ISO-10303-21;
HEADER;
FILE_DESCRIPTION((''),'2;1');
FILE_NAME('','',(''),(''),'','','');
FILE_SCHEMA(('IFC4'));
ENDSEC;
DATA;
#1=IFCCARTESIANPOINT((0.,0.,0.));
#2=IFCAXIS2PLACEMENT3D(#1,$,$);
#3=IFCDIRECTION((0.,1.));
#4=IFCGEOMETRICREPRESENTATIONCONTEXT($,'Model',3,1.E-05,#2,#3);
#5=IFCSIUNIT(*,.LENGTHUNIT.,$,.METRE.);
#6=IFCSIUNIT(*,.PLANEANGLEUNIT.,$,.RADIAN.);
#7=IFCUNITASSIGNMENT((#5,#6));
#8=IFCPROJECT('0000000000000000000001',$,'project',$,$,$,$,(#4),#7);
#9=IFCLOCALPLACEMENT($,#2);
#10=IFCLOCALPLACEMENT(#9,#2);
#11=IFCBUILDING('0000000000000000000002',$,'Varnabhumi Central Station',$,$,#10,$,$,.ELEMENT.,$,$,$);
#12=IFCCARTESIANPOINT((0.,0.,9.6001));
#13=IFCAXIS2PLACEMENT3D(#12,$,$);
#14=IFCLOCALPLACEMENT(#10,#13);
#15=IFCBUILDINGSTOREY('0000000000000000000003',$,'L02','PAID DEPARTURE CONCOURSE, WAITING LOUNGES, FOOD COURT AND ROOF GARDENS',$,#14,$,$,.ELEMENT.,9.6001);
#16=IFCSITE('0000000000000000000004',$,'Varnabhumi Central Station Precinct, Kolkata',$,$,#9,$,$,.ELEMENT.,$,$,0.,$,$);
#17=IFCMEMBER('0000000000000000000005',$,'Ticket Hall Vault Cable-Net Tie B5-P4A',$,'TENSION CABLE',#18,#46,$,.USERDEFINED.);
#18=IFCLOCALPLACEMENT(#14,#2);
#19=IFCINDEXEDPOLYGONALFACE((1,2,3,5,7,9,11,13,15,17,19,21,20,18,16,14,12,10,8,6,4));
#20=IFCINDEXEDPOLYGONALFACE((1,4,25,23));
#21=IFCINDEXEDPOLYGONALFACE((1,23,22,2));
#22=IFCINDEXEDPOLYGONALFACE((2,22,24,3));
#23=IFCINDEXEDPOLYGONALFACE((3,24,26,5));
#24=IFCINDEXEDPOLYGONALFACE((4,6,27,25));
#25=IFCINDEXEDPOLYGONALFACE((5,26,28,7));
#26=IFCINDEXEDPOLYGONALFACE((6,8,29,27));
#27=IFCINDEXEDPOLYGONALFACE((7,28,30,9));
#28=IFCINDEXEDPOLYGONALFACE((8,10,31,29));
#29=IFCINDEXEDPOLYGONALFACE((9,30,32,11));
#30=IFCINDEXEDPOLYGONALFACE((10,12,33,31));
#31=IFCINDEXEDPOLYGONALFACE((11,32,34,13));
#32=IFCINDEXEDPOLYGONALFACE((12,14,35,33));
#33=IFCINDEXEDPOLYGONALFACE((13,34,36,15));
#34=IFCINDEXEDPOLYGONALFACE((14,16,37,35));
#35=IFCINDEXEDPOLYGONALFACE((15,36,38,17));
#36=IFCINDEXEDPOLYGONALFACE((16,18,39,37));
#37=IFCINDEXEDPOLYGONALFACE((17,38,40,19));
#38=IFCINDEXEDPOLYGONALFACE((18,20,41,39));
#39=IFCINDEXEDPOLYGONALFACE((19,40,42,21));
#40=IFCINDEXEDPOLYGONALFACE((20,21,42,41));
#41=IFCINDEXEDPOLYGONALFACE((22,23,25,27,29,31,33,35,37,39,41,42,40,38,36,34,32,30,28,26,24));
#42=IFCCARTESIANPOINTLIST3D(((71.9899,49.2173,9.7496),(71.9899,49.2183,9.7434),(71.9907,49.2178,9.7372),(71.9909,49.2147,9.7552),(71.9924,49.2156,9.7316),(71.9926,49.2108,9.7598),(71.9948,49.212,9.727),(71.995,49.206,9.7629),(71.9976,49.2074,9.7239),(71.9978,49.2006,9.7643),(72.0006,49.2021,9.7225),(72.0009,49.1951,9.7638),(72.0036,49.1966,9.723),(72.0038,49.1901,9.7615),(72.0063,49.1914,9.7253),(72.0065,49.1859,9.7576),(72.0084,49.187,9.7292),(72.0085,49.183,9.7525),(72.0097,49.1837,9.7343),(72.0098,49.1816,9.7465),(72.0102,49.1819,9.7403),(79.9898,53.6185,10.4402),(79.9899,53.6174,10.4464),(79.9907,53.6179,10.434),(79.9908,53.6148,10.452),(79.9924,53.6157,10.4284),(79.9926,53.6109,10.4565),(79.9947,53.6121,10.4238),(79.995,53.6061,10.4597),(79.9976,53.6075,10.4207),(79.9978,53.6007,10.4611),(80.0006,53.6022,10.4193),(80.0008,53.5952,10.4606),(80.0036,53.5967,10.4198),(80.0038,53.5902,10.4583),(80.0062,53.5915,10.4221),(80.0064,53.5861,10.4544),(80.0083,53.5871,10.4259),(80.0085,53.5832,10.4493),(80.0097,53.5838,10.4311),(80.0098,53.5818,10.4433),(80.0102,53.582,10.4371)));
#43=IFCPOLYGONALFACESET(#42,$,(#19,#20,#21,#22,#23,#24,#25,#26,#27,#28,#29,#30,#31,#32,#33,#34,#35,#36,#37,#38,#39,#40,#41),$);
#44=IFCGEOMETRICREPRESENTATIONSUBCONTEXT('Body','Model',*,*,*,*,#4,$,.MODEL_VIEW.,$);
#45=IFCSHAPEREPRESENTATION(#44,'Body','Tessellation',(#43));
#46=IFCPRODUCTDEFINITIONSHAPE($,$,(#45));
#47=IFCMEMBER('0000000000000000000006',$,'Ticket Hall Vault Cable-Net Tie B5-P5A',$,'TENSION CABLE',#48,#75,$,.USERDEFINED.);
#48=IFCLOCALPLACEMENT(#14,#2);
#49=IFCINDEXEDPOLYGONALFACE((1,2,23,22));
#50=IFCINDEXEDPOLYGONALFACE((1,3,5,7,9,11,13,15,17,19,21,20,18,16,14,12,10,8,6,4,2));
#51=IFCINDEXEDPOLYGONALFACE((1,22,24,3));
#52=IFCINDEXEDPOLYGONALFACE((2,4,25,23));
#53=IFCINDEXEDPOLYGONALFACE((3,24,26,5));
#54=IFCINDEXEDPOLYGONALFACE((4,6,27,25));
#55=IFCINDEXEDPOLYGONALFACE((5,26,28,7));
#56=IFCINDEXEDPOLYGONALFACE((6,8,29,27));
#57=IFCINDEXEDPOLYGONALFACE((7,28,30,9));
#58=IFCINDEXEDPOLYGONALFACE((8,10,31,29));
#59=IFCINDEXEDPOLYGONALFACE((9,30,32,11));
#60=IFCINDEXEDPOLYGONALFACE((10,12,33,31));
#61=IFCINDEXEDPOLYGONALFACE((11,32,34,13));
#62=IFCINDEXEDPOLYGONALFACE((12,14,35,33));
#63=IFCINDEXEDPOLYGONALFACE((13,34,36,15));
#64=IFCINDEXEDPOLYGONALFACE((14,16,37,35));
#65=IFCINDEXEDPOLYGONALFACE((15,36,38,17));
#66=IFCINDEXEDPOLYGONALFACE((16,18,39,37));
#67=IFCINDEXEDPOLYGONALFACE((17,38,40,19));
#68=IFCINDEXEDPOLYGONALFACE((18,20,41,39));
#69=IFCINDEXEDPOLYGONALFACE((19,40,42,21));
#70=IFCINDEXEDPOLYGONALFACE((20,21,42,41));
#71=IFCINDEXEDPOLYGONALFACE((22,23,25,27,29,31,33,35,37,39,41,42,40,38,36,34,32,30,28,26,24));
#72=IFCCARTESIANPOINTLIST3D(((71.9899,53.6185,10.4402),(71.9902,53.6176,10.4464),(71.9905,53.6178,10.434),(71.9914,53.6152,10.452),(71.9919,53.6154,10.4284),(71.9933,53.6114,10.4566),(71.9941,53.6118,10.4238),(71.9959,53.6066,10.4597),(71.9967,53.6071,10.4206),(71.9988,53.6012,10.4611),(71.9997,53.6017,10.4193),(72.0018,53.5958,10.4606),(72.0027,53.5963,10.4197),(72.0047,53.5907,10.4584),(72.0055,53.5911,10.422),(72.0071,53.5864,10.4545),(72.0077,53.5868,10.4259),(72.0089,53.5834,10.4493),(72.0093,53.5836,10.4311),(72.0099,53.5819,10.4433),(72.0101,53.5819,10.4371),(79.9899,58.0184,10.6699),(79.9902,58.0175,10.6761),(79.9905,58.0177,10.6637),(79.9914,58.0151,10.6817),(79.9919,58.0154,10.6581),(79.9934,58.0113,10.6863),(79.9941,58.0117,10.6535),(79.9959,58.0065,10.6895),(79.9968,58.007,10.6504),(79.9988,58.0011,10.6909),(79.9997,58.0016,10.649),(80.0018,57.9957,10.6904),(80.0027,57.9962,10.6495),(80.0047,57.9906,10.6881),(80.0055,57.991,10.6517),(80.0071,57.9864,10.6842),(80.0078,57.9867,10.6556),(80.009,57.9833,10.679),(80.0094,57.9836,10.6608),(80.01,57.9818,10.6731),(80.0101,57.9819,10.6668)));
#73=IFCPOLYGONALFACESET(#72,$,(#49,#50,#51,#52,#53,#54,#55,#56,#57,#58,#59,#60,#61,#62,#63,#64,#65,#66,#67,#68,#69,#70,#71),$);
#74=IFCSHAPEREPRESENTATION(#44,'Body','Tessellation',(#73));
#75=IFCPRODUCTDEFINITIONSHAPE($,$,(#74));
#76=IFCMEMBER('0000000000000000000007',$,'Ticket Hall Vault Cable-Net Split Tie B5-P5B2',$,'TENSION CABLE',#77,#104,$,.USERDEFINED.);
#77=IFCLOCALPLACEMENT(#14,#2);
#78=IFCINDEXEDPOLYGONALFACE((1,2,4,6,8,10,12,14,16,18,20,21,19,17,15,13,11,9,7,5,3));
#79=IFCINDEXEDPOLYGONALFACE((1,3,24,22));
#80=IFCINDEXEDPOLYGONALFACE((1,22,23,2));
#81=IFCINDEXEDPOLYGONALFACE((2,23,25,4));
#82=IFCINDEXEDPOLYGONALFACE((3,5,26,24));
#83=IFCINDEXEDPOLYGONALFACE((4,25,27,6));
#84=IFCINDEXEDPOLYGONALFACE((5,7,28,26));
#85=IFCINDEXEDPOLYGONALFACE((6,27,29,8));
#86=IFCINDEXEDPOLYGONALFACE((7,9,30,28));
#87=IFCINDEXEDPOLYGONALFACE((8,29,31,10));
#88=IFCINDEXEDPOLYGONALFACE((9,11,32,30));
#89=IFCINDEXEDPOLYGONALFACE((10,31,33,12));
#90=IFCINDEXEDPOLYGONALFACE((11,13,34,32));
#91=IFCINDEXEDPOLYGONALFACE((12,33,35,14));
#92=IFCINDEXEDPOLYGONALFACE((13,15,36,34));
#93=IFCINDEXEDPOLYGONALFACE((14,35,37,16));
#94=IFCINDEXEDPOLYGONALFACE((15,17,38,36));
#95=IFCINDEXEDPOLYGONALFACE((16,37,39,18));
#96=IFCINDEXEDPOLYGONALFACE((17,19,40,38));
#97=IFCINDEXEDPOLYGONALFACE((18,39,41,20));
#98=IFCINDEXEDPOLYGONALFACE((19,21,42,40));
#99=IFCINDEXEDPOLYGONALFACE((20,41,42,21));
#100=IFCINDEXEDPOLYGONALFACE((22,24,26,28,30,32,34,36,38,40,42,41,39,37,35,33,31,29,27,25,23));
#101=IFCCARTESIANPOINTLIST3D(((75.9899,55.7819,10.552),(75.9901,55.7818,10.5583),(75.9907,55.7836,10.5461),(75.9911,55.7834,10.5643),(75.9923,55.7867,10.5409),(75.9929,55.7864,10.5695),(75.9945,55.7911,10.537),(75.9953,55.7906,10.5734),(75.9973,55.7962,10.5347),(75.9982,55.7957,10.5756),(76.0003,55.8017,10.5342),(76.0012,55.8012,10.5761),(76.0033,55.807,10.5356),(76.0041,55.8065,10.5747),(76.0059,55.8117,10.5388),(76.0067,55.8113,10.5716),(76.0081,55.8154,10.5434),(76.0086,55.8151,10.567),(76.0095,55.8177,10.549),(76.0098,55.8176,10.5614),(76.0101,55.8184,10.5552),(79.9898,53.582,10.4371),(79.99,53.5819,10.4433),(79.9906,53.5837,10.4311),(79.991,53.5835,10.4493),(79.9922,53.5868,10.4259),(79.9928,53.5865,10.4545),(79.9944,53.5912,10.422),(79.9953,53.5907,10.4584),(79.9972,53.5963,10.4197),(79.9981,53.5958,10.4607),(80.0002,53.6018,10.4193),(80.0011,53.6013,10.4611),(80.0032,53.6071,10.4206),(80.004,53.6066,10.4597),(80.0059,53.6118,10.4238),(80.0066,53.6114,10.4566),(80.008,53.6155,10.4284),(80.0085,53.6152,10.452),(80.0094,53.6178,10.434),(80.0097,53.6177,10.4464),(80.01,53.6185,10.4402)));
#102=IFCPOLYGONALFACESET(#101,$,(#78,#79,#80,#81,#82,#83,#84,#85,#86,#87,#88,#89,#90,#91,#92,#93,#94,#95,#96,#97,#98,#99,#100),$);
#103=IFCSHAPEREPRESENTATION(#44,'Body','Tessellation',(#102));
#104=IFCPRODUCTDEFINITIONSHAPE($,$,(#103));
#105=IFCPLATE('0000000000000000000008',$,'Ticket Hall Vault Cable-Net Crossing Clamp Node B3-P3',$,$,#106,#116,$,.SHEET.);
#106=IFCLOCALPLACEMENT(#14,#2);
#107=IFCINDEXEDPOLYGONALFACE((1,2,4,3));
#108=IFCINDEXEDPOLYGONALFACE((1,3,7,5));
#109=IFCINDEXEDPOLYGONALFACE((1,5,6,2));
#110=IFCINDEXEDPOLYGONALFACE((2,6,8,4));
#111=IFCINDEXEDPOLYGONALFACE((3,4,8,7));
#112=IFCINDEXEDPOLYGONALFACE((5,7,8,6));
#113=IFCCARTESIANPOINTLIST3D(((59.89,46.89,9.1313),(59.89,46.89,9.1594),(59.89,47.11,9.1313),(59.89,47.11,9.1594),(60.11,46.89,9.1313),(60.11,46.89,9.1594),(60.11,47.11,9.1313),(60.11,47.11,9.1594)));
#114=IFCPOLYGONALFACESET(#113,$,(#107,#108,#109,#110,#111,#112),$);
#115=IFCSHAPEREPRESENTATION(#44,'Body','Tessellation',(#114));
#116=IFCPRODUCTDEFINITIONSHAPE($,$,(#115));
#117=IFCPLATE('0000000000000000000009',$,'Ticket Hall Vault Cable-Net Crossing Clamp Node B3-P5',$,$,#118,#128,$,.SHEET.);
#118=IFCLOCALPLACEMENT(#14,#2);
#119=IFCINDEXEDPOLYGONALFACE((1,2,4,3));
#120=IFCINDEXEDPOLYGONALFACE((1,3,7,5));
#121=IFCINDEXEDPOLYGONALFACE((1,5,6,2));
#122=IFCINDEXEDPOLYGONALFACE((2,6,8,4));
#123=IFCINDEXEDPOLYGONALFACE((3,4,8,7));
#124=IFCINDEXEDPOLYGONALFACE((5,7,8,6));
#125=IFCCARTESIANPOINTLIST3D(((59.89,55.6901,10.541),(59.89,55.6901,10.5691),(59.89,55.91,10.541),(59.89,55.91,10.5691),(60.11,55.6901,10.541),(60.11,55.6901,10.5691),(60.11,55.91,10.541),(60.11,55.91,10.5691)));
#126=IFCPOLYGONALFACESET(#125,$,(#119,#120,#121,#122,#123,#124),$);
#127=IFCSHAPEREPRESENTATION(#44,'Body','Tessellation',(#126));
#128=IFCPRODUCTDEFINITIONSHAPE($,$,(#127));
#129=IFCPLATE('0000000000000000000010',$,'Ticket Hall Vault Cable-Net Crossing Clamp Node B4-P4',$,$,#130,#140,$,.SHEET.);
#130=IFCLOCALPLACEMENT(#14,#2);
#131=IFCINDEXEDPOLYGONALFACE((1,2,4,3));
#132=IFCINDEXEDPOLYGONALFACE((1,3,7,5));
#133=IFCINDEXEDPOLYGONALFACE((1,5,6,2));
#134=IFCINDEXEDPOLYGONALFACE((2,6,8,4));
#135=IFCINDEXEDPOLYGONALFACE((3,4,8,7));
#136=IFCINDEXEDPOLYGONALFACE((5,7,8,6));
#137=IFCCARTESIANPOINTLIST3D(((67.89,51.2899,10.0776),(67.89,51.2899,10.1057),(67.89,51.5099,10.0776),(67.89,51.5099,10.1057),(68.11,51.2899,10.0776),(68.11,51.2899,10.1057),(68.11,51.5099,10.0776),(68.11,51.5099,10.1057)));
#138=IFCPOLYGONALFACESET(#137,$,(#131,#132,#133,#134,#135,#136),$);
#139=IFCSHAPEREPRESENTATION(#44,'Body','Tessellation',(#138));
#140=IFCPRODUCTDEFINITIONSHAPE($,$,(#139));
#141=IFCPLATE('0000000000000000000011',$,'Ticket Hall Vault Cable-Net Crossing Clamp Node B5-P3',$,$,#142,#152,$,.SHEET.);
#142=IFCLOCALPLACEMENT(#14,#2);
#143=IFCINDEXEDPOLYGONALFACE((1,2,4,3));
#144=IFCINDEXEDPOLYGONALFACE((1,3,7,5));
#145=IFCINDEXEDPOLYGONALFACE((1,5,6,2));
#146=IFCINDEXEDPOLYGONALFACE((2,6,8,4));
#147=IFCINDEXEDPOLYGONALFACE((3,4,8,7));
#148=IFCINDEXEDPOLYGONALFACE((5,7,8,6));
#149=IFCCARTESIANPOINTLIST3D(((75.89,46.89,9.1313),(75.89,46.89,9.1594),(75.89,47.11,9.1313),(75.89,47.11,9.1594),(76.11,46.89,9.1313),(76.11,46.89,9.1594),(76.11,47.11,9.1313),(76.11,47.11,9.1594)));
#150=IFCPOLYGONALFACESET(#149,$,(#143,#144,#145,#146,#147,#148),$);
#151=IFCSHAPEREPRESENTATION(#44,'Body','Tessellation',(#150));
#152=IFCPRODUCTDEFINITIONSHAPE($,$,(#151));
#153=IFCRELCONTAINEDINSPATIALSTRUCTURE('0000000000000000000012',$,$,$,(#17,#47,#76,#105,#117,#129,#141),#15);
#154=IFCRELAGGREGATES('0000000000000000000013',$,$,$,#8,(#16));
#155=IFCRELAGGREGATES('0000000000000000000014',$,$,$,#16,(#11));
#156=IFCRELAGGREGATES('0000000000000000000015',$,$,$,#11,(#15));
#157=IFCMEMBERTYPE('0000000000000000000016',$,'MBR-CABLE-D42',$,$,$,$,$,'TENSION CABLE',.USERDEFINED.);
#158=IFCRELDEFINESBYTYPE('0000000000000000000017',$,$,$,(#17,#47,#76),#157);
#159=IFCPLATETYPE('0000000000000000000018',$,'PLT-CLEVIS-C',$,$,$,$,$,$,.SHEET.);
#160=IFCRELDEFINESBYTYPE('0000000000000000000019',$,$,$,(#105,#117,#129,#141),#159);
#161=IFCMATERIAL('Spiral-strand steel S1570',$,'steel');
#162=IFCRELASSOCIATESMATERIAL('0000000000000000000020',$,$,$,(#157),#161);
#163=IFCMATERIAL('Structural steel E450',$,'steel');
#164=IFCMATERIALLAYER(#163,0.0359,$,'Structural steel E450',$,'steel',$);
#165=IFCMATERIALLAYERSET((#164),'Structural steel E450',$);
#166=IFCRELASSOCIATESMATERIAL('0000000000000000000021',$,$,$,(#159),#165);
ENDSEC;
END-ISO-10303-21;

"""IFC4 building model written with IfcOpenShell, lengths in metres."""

from ifc_helpers import new_model, si_unit, direction, frame, origin, origin_2d, place, context, subcontext, project, spatial, rectangle, circle, extrude, material, layer, layer_set, material_profile, profile_set, type_object, element, save


model = new_model("IFC4")

# Units and contexts
model_context = context("Model", 3, precision=1e-05, world=origin(), true_north=direction((0.0, 1.0)))
body_context = subcontext(model_context, "Body", "Model", "MODEL_VIEW")
ifc_project = project(units=[si_unit("LENGTHUNIT", "METRE"), si_unit("PLANEANGLEUNIT", "RADIAN")], contexts=[model_context])

# Site, building, storey
site_placement = place(None, origin())
site = spatial("IfcSite", under=ifc_project, at=site_placement, Name="Varnabhumi Central Station Precinct, Kolkata", CompositionType="ELEMENT", RefElevation=0.0)
building_placement = place(site_placement, origin())
building = spatial("IfcBuilding", under=site, at=building_placement, Name="Varnabhumi Central Station", CompositionType="ELEMENT")
storey_placement = place(building_placement, frame((0.0, 0.0, 9.6001)))
storey = spatial("IfcBuildingStorey", under=building, at=storey_placement, Name="L02", Description="PAID DEPARTURE CONCOURSE, WAITING LOUNGES, FOOD COURT AND ROOF GARDENS", CompositionType="ELEMENT", Elevation=9.6001)

# Shared definitions
ifc_material_1 = material(Name="Structural steel E450", Category="steel")

# Members
ifc_material_2 = material(Name="Spiral-strand steel S1570", Category="steel")
ifc_material_profile_1 = material_profile(ifc_material_2, circle(Radius=0.021, at=origin_2d()), Name="Spiral-strand steel S1570", Category="steel")
ifc_profile_set_1 = profile_set([ifc_material_profile_1], Name="Spiral-strand steel S1570")
member_type = type_object("IfcMemberType", Name="MBR-CABLE-D42", ElementType="TENSION CABLE", PredefinedType="USERDEFINED", material=ifc_profile_set_1)
member_1_placement = place(storey_placement, frame((72.0, 49.2, 9.7434), z_axis=(0.873669, 0.480534, 0.076094), x_axis=(-0.481931, 0.876209, 0.0)))
element("IfcMember", 1, at=member_1_placement, inside=storey, type_object=member_type, Name="Ticket Hall Vault Cable-Net Tie B5-P4A", ObjectType="TENSION CABLE", PredefinedType="USERDEFINED", context=body_context, shape_type="SweptSolid", body=[
    extrude(circle(Radius=0.021, at=origin_2d()), origin(), (0.0, 0.0, 1.0), 9.1567),
])
member_2_placement = place(storey_placement, frame((72.0, 53.6001, 10.4402), z_axis=(0.875943, 0.481758, 0.025154), x_axis=(-0.481911, 0.87622, 0.0)))
element("IfcMember", 2, at=member_2_placement, inside=storey, type_object=member_type, Name="Ticket Hall Vault Cable-Net Tie B5-P5A", ObjectType="TENSION CABLE", PredefinedType="USERDEFINED", context=body_context, shape_type="SweptSolid", body=[
    extrude(circle(Radius=0.021, at=origin_2d()), origin(), (0.0, 0.0, 1.0), 9.1331),
])
member_3_placement = place(storey_placement, frame((76.0, 55.8, 10.5552), z_axis=(0.875943, -0.481758, -0.025181), x_axis=(0.481911, 0.87622, 0.0)))
element("IfcMember", 3, at=member_3_placement, inside=storey, type_object=member_type, Name="Ticket Hall Vault Cable-Net Split Tie B5-P5B2", ObjectType="TENSION CABLE", PredefinedType="USERDEFINED", context=body_context, shape_type="SweptSolid", body=[
    extrude(circle(Radius=0.021, at=origin_2d()), origin(), (0.0, 0.0, 1.0), 4.5664),
])

# Plates
ifc_layer = layer(ifc_material_1, 0.0359, Name="Structural steel E450", Category="steel")
ifc_layer_set = layer_set([ifc_layer], Name="Structural steel E450")
plate_type = type_object("IfcPlateType", Name="PLT-CLEVIS-C", PredefinedType="SHEET", material=ifc_layer_set)
for number, where, z_axis, x_axis, name in (
    (4, (60.0, 47.0, 9.1313), (0.0, 0.0, 1.0), (1.0, 0.0, 0.0), "Ticket Hall Vault Cable-Net Crossing Clamp Node B3-P3"),
    (5, (60.0, 55.8, 10.541), (0.0, 0.0, 1.0), (1.0, 0.0, 0.0), "Ticket Hall Vault Cable-Net Crossing Clamp Node B3-P5"),
    (6, (68.0, 51.3999, 10.0776), (0.0, 0.0, 1.0), (1.0, 0.0, 0.0), "Ticket Hall Vault Cable-Net Crossing Clamp Node B4-P4"),
    (7, (76.0, 47.0, 9.1313), (0.0, 0.0, 1.0), (1.0, 0.0, 0.0), "Ticket Hall Vault Cable-Net Crossing Clamp Node B5-P3"),
):
    element("IfcPlate", number, at=place(storey_placement, frame(where, z_axis=z_axis, x_axis=x_axis)), inside=storey, type_object=plate_type, Name=name, PredefinedType="SHEET", context=body_context, shape_type="SweptSolid", body=[
        extrude(rectangle(XDim=0.22, YDim=0.22, at=origin_2d()), origin(), (0.0, 0.0, 1.0), 0.0281),
    ])

save(model, "model.ifc")
